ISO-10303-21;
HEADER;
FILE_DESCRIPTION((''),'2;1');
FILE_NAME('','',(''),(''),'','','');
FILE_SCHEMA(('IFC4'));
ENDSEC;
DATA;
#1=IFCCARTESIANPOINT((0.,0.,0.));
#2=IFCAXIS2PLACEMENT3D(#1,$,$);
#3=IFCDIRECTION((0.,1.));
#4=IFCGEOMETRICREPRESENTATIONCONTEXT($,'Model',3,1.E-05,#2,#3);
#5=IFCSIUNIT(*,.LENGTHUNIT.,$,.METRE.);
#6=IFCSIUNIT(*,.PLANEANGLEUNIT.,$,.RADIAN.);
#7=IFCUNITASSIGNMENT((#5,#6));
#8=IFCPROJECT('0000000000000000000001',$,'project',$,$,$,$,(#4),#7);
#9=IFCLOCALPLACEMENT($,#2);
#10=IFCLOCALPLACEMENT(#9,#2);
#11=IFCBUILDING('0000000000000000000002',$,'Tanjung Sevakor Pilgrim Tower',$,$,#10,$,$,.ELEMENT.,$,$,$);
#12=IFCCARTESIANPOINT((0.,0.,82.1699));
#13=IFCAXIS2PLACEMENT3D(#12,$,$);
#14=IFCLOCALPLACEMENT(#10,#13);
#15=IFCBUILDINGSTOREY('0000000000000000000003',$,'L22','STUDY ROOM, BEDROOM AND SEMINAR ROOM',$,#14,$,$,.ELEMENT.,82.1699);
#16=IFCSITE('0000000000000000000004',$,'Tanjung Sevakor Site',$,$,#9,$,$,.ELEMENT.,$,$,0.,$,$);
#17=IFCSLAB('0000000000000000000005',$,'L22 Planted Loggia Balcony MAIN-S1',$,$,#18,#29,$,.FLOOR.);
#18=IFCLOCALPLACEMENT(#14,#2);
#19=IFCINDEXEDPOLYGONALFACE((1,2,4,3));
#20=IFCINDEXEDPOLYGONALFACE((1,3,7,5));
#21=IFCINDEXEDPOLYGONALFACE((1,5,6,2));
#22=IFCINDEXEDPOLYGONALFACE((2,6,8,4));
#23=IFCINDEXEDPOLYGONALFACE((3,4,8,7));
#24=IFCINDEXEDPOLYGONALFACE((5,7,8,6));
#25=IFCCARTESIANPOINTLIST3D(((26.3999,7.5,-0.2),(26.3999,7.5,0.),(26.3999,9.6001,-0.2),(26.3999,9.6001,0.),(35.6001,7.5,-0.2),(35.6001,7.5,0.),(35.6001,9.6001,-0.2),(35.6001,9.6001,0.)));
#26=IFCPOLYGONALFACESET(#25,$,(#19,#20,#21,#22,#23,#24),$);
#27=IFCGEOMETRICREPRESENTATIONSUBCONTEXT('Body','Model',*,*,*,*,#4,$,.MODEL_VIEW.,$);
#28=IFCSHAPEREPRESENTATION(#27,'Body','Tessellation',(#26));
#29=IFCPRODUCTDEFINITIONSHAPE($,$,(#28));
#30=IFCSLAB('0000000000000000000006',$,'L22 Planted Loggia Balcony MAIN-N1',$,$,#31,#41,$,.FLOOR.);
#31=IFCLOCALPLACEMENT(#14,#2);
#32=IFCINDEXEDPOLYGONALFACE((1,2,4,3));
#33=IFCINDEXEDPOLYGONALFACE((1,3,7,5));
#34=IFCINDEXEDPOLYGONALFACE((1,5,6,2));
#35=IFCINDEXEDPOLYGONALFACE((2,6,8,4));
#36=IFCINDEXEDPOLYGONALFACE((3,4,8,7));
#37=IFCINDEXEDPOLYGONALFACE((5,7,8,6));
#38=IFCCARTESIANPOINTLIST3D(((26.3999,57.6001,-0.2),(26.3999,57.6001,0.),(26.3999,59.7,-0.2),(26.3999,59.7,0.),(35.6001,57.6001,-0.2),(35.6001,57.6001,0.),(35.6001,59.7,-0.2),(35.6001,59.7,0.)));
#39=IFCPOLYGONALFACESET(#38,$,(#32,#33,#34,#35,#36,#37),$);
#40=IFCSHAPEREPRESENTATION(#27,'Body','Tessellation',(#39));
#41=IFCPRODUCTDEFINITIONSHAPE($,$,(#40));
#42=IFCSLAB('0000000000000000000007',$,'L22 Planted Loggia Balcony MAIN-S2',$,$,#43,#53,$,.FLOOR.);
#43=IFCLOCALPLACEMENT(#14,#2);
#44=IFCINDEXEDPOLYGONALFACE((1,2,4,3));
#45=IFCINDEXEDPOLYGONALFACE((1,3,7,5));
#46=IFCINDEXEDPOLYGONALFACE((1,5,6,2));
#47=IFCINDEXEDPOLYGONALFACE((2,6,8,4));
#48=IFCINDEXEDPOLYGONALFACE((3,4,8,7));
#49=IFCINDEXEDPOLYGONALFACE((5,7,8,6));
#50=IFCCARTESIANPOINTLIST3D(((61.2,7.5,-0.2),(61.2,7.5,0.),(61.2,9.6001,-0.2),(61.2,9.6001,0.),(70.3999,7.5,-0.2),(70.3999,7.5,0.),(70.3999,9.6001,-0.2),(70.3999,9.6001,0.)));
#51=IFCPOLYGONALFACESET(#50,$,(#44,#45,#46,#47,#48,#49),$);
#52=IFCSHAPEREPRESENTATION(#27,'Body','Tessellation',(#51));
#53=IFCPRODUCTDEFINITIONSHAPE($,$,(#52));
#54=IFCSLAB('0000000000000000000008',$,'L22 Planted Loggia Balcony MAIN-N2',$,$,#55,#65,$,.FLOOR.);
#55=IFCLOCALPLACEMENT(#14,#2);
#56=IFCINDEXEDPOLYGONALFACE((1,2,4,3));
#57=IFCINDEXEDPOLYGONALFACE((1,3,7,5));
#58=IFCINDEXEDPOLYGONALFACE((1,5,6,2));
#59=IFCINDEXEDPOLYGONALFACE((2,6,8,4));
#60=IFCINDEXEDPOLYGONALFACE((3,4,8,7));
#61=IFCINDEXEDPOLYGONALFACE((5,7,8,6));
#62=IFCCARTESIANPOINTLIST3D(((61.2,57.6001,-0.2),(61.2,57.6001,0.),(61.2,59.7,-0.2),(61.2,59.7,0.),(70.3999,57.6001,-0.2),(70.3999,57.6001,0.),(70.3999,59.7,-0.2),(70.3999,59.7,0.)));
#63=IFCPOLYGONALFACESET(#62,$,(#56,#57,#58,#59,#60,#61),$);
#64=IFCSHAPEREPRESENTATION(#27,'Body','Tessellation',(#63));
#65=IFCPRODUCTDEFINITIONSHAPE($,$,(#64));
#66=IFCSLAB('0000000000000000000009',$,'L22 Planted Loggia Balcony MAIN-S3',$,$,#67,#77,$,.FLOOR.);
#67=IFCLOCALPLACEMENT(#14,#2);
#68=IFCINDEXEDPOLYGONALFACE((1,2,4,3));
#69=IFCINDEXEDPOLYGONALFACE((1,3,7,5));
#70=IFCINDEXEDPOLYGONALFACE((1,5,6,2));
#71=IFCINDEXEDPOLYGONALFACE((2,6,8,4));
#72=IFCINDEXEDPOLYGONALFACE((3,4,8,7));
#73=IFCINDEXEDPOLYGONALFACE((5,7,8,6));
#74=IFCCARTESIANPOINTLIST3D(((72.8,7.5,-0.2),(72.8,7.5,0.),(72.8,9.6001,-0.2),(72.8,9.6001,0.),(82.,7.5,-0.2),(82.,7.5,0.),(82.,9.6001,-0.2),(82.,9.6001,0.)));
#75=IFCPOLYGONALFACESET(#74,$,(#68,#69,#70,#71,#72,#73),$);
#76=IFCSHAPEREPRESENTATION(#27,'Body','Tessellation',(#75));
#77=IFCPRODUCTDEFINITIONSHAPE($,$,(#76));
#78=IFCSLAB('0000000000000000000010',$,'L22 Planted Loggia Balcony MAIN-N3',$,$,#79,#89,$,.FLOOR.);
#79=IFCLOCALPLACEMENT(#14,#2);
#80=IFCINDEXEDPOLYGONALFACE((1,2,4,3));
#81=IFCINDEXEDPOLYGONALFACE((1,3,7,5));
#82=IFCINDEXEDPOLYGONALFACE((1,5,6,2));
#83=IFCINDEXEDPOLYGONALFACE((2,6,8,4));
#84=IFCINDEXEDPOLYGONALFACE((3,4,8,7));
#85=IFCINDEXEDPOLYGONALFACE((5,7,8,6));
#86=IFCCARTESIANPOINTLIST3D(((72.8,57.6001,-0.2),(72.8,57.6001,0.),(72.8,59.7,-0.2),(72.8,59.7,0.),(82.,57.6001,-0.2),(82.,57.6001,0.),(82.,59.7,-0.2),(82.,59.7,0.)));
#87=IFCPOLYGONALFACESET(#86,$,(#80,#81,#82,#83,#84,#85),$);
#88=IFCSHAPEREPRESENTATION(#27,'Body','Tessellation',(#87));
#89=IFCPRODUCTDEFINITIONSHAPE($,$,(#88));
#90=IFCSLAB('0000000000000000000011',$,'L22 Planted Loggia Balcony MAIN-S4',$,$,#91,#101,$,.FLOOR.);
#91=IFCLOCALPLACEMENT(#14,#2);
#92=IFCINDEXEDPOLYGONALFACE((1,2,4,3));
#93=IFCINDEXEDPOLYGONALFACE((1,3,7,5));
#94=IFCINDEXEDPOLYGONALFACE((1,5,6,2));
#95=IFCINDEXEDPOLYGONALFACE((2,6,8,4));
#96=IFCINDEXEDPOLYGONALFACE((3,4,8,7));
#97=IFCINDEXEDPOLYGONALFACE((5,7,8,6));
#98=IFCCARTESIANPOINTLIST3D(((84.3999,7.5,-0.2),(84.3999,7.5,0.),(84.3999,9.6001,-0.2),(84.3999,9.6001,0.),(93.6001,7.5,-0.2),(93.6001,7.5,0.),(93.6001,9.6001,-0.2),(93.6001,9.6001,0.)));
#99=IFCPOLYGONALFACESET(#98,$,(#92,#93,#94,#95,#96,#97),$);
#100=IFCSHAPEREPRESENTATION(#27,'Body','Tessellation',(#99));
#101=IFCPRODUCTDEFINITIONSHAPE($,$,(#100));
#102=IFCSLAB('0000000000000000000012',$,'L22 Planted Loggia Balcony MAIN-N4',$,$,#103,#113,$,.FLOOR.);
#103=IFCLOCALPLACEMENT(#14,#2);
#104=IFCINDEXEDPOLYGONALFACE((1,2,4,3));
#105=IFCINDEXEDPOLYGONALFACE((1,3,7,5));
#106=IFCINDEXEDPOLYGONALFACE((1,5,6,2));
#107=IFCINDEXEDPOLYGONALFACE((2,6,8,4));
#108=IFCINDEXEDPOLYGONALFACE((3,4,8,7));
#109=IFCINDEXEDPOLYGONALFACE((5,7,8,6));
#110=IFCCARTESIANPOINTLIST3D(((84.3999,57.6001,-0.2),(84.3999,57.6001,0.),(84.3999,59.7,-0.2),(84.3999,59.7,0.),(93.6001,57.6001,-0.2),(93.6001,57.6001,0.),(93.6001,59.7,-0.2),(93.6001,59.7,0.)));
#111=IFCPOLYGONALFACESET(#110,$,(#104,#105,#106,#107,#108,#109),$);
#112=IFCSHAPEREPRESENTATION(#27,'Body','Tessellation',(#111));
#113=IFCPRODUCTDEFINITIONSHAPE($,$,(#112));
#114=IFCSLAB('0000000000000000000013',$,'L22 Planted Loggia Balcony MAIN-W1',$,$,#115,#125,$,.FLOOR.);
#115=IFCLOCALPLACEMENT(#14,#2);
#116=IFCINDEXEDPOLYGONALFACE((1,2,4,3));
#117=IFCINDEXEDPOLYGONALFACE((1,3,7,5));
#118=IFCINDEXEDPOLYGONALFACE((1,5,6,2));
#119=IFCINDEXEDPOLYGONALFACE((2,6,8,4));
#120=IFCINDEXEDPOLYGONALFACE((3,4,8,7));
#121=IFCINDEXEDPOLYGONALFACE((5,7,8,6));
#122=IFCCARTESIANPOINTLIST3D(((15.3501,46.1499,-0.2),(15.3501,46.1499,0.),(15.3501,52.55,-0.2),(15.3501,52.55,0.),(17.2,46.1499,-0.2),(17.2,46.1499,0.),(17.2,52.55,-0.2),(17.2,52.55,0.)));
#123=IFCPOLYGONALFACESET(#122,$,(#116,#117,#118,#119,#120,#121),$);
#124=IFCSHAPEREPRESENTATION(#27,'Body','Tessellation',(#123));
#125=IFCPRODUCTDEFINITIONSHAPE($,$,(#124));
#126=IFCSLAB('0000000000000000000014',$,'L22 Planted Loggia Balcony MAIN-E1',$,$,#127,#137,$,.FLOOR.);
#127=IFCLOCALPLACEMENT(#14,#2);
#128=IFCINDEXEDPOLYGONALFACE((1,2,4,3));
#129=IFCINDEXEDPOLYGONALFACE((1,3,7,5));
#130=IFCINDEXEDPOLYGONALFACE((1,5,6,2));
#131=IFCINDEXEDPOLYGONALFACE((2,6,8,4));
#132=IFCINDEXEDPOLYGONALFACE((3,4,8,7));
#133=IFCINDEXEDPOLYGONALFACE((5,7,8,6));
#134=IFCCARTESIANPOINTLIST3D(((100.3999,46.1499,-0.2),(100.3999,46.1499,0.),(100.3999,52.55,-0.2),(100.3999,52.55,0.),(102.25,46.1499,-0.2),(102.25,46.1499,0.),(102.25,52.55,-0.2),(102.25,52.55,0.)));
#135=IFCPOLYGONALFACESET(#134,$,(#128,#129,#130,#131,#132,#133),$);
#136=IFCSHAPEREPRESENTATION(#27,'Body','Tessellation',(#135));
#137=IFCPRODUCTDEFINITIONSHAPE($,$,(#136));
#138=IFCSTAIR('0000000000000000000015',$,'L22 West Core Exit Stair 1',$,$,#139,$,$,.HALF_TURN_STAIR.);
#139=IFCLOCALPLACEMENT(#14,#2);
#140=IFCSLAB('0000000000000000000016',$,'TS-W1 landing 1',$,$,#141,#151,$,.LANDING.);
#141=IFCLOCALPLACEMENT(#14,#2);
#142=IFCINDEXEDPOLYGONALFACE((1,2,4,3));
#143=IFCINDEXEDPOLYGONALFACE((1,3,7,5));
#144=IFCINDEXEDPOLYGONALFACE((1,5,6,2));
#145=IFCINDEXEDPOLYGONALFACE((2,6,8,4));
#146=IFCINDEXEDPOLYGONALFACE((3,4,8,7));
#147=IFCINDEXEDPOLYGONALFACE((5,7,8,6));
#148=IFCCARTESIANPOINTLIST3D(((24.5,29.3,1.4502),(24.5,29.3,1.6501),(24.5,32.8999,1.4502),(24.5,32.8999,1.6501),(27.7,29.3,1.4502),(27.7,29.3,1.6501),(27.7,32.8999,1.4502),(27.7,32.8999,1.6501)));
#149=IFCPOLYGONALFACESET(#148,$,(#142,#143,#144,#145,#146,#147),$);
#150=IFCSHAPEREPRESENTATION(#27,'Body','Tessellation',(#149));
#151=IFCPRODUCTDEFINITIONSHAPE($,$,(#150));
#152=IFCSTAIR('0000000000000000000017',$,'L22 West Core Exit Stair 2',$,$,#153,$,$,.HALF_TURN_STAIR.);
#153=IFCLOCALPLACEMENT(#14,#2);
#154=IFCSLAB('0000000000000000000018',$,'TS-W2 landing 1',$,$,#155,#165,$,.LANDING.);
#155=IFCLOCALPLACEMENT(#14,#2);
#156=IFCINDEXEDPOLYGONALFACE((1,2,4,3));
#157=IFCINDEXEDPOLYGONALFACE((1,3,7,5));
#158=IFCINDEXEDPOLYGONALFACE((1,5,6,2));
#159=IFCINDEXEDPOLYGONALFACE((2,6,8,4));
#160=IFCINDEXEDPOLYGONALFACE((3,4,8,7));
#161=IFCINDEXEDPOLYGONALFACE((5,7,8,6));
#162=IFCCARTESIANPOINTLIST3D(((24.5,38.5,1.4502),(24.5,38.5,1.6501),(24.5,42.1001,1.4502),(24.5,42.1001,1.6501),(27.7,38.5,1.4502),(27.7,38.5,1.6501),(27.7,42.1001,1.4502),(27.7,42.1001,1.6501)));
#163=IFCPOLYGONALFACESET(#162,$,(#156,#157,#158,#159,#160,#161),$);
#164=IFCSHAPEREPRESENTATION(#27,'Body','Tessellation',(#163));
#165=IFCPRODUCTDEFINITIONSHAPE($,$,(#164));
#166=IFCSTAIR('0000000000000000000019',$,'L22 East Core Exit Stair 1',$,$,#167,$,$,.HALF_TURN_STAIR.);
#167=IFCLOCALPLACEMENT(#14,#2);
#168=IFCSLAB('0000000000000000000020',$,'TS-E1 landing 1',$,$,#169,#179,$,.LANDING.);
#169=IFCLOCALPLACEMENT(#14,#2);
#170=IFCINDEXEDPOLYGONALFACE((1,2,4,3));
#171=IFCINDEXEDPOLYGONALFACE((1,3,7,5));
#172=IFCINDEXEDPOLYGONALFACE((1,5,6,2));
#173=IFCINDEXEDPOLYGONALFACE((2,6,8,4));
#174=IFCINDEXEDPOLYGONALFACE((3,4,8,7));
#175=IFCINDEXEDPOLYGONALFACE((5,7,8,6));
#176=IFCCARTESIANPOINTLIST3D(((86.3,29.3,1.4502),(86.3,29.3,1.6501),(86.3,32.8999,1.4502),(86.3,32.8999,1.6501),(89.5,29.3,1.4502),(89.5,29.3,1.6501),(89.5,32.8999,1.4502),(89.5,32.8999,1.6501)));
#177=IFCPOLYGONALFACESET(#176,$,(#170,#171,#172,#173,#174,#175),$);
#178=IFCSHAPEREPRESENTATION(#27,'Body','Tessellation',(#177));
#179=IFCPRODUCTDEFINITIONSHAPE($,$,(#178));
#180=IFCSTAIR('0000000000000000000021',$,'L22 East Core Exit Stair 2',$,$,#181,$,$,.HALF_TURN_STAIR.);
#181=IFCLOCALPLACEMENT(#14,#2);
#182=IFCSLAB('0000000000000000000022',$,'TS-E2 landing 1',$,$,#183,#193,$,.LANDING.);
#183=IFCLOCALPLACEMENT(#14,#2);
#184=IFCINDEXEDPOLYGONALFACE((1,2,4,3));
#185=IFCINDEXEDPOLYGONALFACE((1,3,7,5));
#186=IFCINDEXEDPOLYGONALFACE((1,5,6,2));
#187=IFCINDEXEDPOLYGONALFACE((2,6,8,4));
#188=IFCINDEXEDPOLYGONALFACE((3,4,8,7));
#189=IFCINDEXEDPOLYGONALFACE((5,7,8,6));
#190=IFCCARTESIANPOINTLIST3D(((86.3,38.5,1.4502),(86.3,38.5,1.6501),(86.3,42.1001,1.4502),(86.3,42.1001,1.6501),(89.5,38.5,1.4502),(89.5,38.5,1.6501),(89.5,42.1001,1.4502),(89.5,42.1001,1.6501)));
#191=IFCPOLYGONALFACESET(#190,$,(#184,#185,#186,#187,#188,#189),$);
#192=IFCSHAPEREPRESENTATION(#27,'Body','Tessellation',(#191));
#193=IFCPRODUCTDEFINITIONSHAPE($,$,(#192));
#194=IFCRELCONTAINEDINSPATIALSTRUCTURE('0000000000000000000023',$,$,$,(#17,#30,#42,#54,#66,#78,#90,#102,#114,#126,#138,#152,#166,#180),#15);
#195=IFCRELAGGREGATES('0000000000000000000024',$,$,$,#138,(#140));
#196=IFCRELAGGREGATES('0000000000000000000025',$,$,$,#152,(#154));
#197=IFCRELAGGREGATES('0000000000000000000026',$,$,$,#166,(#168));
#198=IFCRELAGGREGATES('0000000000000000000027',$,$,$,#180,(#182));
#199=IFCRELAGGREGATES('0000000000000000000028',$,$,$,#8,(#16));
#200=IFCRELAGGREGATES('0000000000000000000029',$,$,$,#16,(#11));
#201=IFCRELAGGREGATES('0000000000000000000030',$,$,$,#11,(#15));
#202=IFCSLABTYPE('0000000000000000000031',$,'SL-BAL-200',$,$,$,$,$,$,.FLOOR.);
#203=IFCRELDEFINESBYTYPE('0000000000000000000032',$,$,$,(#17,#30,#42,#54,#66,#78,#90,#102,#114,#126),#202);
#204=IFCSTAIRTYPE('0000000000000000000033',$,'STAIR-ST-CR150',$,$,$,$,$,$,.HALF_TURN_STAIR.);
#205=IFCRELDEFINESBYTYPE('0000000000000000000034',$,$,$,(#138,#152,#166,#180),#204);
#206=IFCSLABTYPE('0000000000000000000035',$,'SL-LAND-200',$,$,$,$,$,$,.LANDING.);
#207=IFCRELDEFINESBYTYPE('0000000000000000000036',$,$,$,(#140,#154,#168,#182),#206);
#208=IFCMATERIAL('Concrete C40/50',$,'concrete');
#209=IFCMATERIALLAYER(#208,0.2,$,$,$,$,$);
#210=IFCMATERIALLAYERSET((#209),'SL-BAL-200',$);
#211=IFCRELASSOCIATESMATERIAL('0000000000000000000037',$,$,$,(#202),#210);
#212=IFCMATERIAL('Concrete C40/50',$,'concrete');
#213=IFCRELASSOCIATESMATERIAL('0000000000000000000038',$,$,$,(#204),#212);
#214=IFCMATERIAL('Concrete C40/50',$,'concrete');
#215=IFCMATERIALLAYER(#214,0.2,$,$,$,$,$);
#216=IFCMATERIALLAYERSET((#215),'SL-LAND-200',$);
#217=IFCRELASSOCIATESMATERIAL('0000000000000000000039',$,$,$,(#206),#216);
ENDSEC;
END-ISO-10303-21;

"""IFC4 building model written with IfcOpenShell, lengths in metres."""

from ifc_helpers import new_model, si_unit, direction, frame, origin, place, context, subcontext, project, spatial, polyline, outline, extrude, material, layer, layer_set, type_object, element, aggregate, save


model = new_model("IFC4")

# Units and contexts
model_context = context("Model", 3, precision=1e-05, world=origin(), true_north=direction((0.0, 1.0)))
body_context = subcontext(model_context, "Body", "Model", "MODEL_VIEW")
ifc_project = project(units=[si_unit("LENGTHUNIT", "METRE"), si_unit("PLANEANGLEUNIT", "RADIAN")], contexts=[model_context])

# Site, building, storey
site_placement = place(None, origin())
site = spatial("IfcSite", under=ifc_project, at=site_placement, Name="Tanjung Sevakor Site", CompositionType="ELEMENT", RefElevation=0.0)
building_placement = place(site_placement, origin())
building = spatial("IfcBuilding", under=site, at=building_placement, Name="Tanjung Sevakor Pilgrim Tower", CompositionType="ELEMENT")
storey_placement = place(building_placement, frame((0.0, 0.0, 82.1699)))
storey = spatial("IfcBuildingStorey", under=building, at=storey_placement, Name="L22", Description="STUDY ROOM, BEDROOM AND SEMINAR ROOM", CompositionType="ELEMENT", Elevation=82.1699)

# Slabs
ifc_material_1 = material(Name="Concrete C40/50", Category="concrete")
ifc_layer_1 = layer(ifc_material_1, 0.2)
ifc_layer_set_1 = layer_set([ifc_layer_1], Name="SL-BAL-200")
slab_type_1 = type_object("IfcSlabType", Name="SL-BAL-200", PredefinedType="FLOOR", material=ifc_layer_set_1)
slab_1_placement = place(storey_placement, frame((0.0, 0.0, -0.2)))
element("IfcSlab", 1, at=slab_1_placement, inside=storey, type_object=slab_type_1, Name="L22 Planted Loggia Balcony MAIN-S1", PredefinedType="FLOOR", context=body_context, shape_type="SweptSolid", body=[
    extrude(outline(polyline([(26.3999, 7.5), (35.6001, 7.5), (35.6001, 9.6001), (26.3999, 9.6001), (26.3999, 7.5)])), origin(), (0.0, 0.0, 1.0), 0.2),
])
slab_2_placement = place(storey_placement, frame((0.0, 0.0, -0.2)))
element("IfcSlab", 2, at=slab_2_placement, inside=storey, type_object=slab_type_1, Name="L22 Planted Loggia Balcony MAIN-N1", PredefinedType="FLOOR", context=body_context, shape_type="SweptSolid", body=[
    extrude(outline(polyline([(26.3999, 57.6001), (35.6001, 57.6001), (35.6001, 59.7), (26.3999, 59.7), (26.3999, 57.6001)])), origin(), (0.0, 0.0, 1.0), 0.2),
])
slab_3_placement = place(storey_placement, frame((0.0, 0.0, -0.2)))
element("IfcSlab", 3, at=slab_3_placement, inside=storey, type_object=slab_type_1, Name="L22 Planted Loggia Balcony MAIN-S2", PredefinedType="FLOOR", context=body_context, shape_type="SweptSolid", body=[
    extrude(outline(polyline([(61.2, 7.5), (70.3999, 7.5), (70.3999, 9.6001), (61.2, 9.6001), (61.2, 7.5)])), origin(), (0.0, 0.0, 1.0), 0.2),
])
slab_4_placement = place(storey_placement, frame((0.0, 0.0, -0.2)))
element("IfcSlab", 4, at=slab_4_placement, inside=storey, type_object=slab_type_1, Name="L22 Planted Loggia Balcony MAIN-N2", PredefinedType="FLOOR", context=body_context, shape_type="SweptSolid", body=[
    extrude(outline(polyline([(61.2, 57.6001), (70.3999, 57.6001), (70.3999, 59.7), (61.2, 59.7), (61.2, 57.6001)])), origin(), (0.0, 0.0, 1.0), 0.2),
])
slab_5_placement = place(storey_placement, frame((0.0, 0.0, -0.2)))
element("IfcSlab", 5, at=slab_5_placement, inside=storey, type_object=slab_type_1, Name="L22 Planted Loggia Balcony MAIN-S3", PredefinedType="FLOOR", context=body_context, shape_type="SweptSolid", body=[
    extrude(outline(polyline([(72.8, 7.5), (82.0, 7.5), (82.0, 9.6001), (72.8, 9.6001), (72.8, 7.5)])), origin(), (0.0, 0.0, 1.0), 0.2),
])
slab_6_placement = place(storey_placement, frame((0.0, 0.0, -0.2)))
element("IfcSlab", 6, at=slab_6_placement, inside=storey, type_object=slab_type_1, Name="L22 Planted Loggia Balcony MAIN-N3", PredefinedType="FLOOR", context=body_context, shape_type="SweptSolid", body=[
    extrude(outline(polyline([(72.8, 57.6001), (82.0, 57.6001), (82.0, 59.7), (72.8, 59.7), (72.8, 57.6001)])), origin(), (0.0, 0.0, 1.0), 0.2),
])
slab_7_placement = place(storey_placement, frame((0.0, 0.0, -0.2)))
element("IfcSlab", 7, at=slab_7_placement, inside=storey, type_object=slab_type_1, Name="L22 Planted Loggia Balcony MAIN-S4", PredefinedType="FLOOR", context=body_context, shape_type="SweptSolid", body=[
    extrude(outline(polyline([(84.3999, 7.5), (93.6001, 7.5), (93.6001, 9.6001), (84.3999, 9.6001), (84.3999, 7.5)])), origin(), (0.0, 0.0, 1.0), 0.2),
])
slab_8_placement = place(storey_placement, frame((0.0, 0.0, -0.2)))
element("IfcSlab", 8, at=slab_8_placement, inside=storey, type_object=slab_type_1, Name="L22 Planted Loggia Balcony MAIN-N4", PredefinedType="FLOOR", context=body_context, shape_type="SweptSolid", body=[
    extrude(outline(polyline([(84.3999, 57.6001), (93.6001, 57.6001), (93.6001, 59.7), (84.3999, 59.7), (84.3999, 57.6001)])), origin(), (0.0, 0.0, 1.0), 0.2),
])
slab_9_placement = place(storey_placement, frame((0.0, 0.0, -0.2)))
element("IfcSlab", 9, at=slab_9_placement, inside=storey, type_object=slab_type_1, Name="L22 Planted Loggia Balcony MAIN-W1", PredefinedType="FLOOR", context=body_context, shape_type="SweptSolid", body=[
    extrude(outline(polyline([(15.3501, 46.1499), (17.2, 46.1499), (17.2, 52.55), (15.3501, 52.55), (15.3501, 46.1499)])), origin(), (0.0, 0.0, 1.0), 0.2),
])
slab_10_placement = place(storey_placement, frame((0.0, 0.0, -0.2)))
element("IfcSlab", 10, at=slab_10_placement, inside=storey, type_object=slab_type_1, Name="L22 Planted Loggia Balcony MAIN-E1", PredefinedType="FLOOR", context=body_context, shape_type="SweptSolid", body=[
    extrude(outline(polyline([(100.3999, 46.1499), (102.25, 46.1499), (102.25, 52.55), (100.3999, 52.55), (100.3999, 46.1499)])), origin(), (0.0, 0.0, 1.0), 0.2),
])

# Stairs, slabs
ifc_material_2 = material(Name="Concrete C40/50", Category="concrete")
stair_type = type_object("IfcStairType", Name="STAIR-ST-CR150", PredefinedType="HALF_TURN_STAIR", material=ifc_material_2)
stair_1_placement = place(storey_placement, origin())
stair_1 = element("IfcStair", 11, at=stair_1_placement, inside=storey, type_object=stair_type, Name="L22 West Core Exit Stair 1", PredefinedType="HALF_TURN_STAIR")
ifc_material_3 = material(Name="Concrete C40/50", Category="concrete")
ifc_layer_2 = layer(ifc_material_3, 0.2)
ifc_layer_set_2 = layer_set([ifc_layer_2], Name="SL-LAND-200")
slab_type_2 = type_object("IfcSlabType", Name="SL-LAND-200", PredefinedType="LANDING", material=ifc_layer_set_2)
slab_11_placement = place(storey_placement, frame((0.0, 0.0, 1.4502)))
slab_11 = element("IfcSlab", 12, at=slab_11_placement, type_object=slab_type_2, Name="TS-W1 landing 1", PredefinedType="LANDING", context=body_context, shape_type="SweptSolid", body=[
    extrude(outline(polyline([(27.7, 29.3), (27.7, 32.8999), (24.5, 32.8999), (24.5, 29.3), (27.7, 29.3)])), origin(), (0.0, 0.0, 1.0), 0.2),
])
aggregate(stair_1, [slab_11])
stair_2_placement = place(storey_placement, origin())
stair_2 = element("IfcStair", 13, at=stair_2_placement, inside=storey, type_object=stair_type, Name="L22 West Core Exit Stair 2", PredefinedType="HALF_TURN_STAIR")
slab_12_placement = place(storey_placement, frame((0.0, 0.0, 1.4502)))
slab_12 = element("IfcSlab", 14, at=slab_12_placement, type_object=slab_type_2, Name="TS-W2 landing 1", PredefinedType="LANDING", context=body_context, shape_type="SweptSolid", body=[
    extrude(outline(polyline([(27.7, 38.5), (27.7, 42.1001), (24.5, 42.1001), (24.5, 38.5), (27.7, 38.5)])), origin(), (0.0, 0.0, 1.0), 0.2),
])
aggregate(stair_2, [slab_12])
stair_3_placement = place(storey_placement, origin())
stair_3 = element("IfcStair", 15, at=stair_3_placement, inside=storey, type_object=stair_type, Name="L22 East Core Exit Stair 1", PredefinedType="HALF_TURN_STAIR")
slab_13_placement = place(storey_placement, frame((0.0, 0.0, 1.4502)))
slab_13 = element("IfcSlab", 16, at=slab_13_placement, type_object=slab_type_2, Name="TS-E1 landing 1", PredefinedType="LANDING", context=body_context, shape_type="SweptSolid", body=[
    extrude(outline(polyline([(89.5, 29.3), (89.5, 32.8999), (86.3, 32.8999), (86.3, 29.3), (89.5, 29.3)])), origin(), (0.0, 0.0, 1.0), 0.2),
])
aggregate(stair_3, [slab_13])
stair_4_placement = place(storey_placement, origin())
stair_4 = element("IfcStair", 17, at=stair_4_placement, inside=storey, type_object=stair_type, Name="L22 East Core Exit Stair 2", PredefinedType="HALF_TURN_STAIR")
slab_14_placement = place(storey_placement, frame((0.0, 0.0, 1.4502)))
slab_14 = element("IfcSlab", 18, at=slab_14_placement, type_object=slab_type_2, Name="TS-E2 landing 1", PredefinedType="LANDING", context=body_context, shape_type="SweptSolid", body=[
    extrude(outline(polyline([(89.5, 38.5), (89.5, 42.1001), (86.3, 42.1001), (86.3, 38.5), (89.5, 38.5)])), origin(), (0.0, 0.0, 1.0), 0.2),
])
aggregate(stair_4, [slab_14])

save(model, "model.ifc")
